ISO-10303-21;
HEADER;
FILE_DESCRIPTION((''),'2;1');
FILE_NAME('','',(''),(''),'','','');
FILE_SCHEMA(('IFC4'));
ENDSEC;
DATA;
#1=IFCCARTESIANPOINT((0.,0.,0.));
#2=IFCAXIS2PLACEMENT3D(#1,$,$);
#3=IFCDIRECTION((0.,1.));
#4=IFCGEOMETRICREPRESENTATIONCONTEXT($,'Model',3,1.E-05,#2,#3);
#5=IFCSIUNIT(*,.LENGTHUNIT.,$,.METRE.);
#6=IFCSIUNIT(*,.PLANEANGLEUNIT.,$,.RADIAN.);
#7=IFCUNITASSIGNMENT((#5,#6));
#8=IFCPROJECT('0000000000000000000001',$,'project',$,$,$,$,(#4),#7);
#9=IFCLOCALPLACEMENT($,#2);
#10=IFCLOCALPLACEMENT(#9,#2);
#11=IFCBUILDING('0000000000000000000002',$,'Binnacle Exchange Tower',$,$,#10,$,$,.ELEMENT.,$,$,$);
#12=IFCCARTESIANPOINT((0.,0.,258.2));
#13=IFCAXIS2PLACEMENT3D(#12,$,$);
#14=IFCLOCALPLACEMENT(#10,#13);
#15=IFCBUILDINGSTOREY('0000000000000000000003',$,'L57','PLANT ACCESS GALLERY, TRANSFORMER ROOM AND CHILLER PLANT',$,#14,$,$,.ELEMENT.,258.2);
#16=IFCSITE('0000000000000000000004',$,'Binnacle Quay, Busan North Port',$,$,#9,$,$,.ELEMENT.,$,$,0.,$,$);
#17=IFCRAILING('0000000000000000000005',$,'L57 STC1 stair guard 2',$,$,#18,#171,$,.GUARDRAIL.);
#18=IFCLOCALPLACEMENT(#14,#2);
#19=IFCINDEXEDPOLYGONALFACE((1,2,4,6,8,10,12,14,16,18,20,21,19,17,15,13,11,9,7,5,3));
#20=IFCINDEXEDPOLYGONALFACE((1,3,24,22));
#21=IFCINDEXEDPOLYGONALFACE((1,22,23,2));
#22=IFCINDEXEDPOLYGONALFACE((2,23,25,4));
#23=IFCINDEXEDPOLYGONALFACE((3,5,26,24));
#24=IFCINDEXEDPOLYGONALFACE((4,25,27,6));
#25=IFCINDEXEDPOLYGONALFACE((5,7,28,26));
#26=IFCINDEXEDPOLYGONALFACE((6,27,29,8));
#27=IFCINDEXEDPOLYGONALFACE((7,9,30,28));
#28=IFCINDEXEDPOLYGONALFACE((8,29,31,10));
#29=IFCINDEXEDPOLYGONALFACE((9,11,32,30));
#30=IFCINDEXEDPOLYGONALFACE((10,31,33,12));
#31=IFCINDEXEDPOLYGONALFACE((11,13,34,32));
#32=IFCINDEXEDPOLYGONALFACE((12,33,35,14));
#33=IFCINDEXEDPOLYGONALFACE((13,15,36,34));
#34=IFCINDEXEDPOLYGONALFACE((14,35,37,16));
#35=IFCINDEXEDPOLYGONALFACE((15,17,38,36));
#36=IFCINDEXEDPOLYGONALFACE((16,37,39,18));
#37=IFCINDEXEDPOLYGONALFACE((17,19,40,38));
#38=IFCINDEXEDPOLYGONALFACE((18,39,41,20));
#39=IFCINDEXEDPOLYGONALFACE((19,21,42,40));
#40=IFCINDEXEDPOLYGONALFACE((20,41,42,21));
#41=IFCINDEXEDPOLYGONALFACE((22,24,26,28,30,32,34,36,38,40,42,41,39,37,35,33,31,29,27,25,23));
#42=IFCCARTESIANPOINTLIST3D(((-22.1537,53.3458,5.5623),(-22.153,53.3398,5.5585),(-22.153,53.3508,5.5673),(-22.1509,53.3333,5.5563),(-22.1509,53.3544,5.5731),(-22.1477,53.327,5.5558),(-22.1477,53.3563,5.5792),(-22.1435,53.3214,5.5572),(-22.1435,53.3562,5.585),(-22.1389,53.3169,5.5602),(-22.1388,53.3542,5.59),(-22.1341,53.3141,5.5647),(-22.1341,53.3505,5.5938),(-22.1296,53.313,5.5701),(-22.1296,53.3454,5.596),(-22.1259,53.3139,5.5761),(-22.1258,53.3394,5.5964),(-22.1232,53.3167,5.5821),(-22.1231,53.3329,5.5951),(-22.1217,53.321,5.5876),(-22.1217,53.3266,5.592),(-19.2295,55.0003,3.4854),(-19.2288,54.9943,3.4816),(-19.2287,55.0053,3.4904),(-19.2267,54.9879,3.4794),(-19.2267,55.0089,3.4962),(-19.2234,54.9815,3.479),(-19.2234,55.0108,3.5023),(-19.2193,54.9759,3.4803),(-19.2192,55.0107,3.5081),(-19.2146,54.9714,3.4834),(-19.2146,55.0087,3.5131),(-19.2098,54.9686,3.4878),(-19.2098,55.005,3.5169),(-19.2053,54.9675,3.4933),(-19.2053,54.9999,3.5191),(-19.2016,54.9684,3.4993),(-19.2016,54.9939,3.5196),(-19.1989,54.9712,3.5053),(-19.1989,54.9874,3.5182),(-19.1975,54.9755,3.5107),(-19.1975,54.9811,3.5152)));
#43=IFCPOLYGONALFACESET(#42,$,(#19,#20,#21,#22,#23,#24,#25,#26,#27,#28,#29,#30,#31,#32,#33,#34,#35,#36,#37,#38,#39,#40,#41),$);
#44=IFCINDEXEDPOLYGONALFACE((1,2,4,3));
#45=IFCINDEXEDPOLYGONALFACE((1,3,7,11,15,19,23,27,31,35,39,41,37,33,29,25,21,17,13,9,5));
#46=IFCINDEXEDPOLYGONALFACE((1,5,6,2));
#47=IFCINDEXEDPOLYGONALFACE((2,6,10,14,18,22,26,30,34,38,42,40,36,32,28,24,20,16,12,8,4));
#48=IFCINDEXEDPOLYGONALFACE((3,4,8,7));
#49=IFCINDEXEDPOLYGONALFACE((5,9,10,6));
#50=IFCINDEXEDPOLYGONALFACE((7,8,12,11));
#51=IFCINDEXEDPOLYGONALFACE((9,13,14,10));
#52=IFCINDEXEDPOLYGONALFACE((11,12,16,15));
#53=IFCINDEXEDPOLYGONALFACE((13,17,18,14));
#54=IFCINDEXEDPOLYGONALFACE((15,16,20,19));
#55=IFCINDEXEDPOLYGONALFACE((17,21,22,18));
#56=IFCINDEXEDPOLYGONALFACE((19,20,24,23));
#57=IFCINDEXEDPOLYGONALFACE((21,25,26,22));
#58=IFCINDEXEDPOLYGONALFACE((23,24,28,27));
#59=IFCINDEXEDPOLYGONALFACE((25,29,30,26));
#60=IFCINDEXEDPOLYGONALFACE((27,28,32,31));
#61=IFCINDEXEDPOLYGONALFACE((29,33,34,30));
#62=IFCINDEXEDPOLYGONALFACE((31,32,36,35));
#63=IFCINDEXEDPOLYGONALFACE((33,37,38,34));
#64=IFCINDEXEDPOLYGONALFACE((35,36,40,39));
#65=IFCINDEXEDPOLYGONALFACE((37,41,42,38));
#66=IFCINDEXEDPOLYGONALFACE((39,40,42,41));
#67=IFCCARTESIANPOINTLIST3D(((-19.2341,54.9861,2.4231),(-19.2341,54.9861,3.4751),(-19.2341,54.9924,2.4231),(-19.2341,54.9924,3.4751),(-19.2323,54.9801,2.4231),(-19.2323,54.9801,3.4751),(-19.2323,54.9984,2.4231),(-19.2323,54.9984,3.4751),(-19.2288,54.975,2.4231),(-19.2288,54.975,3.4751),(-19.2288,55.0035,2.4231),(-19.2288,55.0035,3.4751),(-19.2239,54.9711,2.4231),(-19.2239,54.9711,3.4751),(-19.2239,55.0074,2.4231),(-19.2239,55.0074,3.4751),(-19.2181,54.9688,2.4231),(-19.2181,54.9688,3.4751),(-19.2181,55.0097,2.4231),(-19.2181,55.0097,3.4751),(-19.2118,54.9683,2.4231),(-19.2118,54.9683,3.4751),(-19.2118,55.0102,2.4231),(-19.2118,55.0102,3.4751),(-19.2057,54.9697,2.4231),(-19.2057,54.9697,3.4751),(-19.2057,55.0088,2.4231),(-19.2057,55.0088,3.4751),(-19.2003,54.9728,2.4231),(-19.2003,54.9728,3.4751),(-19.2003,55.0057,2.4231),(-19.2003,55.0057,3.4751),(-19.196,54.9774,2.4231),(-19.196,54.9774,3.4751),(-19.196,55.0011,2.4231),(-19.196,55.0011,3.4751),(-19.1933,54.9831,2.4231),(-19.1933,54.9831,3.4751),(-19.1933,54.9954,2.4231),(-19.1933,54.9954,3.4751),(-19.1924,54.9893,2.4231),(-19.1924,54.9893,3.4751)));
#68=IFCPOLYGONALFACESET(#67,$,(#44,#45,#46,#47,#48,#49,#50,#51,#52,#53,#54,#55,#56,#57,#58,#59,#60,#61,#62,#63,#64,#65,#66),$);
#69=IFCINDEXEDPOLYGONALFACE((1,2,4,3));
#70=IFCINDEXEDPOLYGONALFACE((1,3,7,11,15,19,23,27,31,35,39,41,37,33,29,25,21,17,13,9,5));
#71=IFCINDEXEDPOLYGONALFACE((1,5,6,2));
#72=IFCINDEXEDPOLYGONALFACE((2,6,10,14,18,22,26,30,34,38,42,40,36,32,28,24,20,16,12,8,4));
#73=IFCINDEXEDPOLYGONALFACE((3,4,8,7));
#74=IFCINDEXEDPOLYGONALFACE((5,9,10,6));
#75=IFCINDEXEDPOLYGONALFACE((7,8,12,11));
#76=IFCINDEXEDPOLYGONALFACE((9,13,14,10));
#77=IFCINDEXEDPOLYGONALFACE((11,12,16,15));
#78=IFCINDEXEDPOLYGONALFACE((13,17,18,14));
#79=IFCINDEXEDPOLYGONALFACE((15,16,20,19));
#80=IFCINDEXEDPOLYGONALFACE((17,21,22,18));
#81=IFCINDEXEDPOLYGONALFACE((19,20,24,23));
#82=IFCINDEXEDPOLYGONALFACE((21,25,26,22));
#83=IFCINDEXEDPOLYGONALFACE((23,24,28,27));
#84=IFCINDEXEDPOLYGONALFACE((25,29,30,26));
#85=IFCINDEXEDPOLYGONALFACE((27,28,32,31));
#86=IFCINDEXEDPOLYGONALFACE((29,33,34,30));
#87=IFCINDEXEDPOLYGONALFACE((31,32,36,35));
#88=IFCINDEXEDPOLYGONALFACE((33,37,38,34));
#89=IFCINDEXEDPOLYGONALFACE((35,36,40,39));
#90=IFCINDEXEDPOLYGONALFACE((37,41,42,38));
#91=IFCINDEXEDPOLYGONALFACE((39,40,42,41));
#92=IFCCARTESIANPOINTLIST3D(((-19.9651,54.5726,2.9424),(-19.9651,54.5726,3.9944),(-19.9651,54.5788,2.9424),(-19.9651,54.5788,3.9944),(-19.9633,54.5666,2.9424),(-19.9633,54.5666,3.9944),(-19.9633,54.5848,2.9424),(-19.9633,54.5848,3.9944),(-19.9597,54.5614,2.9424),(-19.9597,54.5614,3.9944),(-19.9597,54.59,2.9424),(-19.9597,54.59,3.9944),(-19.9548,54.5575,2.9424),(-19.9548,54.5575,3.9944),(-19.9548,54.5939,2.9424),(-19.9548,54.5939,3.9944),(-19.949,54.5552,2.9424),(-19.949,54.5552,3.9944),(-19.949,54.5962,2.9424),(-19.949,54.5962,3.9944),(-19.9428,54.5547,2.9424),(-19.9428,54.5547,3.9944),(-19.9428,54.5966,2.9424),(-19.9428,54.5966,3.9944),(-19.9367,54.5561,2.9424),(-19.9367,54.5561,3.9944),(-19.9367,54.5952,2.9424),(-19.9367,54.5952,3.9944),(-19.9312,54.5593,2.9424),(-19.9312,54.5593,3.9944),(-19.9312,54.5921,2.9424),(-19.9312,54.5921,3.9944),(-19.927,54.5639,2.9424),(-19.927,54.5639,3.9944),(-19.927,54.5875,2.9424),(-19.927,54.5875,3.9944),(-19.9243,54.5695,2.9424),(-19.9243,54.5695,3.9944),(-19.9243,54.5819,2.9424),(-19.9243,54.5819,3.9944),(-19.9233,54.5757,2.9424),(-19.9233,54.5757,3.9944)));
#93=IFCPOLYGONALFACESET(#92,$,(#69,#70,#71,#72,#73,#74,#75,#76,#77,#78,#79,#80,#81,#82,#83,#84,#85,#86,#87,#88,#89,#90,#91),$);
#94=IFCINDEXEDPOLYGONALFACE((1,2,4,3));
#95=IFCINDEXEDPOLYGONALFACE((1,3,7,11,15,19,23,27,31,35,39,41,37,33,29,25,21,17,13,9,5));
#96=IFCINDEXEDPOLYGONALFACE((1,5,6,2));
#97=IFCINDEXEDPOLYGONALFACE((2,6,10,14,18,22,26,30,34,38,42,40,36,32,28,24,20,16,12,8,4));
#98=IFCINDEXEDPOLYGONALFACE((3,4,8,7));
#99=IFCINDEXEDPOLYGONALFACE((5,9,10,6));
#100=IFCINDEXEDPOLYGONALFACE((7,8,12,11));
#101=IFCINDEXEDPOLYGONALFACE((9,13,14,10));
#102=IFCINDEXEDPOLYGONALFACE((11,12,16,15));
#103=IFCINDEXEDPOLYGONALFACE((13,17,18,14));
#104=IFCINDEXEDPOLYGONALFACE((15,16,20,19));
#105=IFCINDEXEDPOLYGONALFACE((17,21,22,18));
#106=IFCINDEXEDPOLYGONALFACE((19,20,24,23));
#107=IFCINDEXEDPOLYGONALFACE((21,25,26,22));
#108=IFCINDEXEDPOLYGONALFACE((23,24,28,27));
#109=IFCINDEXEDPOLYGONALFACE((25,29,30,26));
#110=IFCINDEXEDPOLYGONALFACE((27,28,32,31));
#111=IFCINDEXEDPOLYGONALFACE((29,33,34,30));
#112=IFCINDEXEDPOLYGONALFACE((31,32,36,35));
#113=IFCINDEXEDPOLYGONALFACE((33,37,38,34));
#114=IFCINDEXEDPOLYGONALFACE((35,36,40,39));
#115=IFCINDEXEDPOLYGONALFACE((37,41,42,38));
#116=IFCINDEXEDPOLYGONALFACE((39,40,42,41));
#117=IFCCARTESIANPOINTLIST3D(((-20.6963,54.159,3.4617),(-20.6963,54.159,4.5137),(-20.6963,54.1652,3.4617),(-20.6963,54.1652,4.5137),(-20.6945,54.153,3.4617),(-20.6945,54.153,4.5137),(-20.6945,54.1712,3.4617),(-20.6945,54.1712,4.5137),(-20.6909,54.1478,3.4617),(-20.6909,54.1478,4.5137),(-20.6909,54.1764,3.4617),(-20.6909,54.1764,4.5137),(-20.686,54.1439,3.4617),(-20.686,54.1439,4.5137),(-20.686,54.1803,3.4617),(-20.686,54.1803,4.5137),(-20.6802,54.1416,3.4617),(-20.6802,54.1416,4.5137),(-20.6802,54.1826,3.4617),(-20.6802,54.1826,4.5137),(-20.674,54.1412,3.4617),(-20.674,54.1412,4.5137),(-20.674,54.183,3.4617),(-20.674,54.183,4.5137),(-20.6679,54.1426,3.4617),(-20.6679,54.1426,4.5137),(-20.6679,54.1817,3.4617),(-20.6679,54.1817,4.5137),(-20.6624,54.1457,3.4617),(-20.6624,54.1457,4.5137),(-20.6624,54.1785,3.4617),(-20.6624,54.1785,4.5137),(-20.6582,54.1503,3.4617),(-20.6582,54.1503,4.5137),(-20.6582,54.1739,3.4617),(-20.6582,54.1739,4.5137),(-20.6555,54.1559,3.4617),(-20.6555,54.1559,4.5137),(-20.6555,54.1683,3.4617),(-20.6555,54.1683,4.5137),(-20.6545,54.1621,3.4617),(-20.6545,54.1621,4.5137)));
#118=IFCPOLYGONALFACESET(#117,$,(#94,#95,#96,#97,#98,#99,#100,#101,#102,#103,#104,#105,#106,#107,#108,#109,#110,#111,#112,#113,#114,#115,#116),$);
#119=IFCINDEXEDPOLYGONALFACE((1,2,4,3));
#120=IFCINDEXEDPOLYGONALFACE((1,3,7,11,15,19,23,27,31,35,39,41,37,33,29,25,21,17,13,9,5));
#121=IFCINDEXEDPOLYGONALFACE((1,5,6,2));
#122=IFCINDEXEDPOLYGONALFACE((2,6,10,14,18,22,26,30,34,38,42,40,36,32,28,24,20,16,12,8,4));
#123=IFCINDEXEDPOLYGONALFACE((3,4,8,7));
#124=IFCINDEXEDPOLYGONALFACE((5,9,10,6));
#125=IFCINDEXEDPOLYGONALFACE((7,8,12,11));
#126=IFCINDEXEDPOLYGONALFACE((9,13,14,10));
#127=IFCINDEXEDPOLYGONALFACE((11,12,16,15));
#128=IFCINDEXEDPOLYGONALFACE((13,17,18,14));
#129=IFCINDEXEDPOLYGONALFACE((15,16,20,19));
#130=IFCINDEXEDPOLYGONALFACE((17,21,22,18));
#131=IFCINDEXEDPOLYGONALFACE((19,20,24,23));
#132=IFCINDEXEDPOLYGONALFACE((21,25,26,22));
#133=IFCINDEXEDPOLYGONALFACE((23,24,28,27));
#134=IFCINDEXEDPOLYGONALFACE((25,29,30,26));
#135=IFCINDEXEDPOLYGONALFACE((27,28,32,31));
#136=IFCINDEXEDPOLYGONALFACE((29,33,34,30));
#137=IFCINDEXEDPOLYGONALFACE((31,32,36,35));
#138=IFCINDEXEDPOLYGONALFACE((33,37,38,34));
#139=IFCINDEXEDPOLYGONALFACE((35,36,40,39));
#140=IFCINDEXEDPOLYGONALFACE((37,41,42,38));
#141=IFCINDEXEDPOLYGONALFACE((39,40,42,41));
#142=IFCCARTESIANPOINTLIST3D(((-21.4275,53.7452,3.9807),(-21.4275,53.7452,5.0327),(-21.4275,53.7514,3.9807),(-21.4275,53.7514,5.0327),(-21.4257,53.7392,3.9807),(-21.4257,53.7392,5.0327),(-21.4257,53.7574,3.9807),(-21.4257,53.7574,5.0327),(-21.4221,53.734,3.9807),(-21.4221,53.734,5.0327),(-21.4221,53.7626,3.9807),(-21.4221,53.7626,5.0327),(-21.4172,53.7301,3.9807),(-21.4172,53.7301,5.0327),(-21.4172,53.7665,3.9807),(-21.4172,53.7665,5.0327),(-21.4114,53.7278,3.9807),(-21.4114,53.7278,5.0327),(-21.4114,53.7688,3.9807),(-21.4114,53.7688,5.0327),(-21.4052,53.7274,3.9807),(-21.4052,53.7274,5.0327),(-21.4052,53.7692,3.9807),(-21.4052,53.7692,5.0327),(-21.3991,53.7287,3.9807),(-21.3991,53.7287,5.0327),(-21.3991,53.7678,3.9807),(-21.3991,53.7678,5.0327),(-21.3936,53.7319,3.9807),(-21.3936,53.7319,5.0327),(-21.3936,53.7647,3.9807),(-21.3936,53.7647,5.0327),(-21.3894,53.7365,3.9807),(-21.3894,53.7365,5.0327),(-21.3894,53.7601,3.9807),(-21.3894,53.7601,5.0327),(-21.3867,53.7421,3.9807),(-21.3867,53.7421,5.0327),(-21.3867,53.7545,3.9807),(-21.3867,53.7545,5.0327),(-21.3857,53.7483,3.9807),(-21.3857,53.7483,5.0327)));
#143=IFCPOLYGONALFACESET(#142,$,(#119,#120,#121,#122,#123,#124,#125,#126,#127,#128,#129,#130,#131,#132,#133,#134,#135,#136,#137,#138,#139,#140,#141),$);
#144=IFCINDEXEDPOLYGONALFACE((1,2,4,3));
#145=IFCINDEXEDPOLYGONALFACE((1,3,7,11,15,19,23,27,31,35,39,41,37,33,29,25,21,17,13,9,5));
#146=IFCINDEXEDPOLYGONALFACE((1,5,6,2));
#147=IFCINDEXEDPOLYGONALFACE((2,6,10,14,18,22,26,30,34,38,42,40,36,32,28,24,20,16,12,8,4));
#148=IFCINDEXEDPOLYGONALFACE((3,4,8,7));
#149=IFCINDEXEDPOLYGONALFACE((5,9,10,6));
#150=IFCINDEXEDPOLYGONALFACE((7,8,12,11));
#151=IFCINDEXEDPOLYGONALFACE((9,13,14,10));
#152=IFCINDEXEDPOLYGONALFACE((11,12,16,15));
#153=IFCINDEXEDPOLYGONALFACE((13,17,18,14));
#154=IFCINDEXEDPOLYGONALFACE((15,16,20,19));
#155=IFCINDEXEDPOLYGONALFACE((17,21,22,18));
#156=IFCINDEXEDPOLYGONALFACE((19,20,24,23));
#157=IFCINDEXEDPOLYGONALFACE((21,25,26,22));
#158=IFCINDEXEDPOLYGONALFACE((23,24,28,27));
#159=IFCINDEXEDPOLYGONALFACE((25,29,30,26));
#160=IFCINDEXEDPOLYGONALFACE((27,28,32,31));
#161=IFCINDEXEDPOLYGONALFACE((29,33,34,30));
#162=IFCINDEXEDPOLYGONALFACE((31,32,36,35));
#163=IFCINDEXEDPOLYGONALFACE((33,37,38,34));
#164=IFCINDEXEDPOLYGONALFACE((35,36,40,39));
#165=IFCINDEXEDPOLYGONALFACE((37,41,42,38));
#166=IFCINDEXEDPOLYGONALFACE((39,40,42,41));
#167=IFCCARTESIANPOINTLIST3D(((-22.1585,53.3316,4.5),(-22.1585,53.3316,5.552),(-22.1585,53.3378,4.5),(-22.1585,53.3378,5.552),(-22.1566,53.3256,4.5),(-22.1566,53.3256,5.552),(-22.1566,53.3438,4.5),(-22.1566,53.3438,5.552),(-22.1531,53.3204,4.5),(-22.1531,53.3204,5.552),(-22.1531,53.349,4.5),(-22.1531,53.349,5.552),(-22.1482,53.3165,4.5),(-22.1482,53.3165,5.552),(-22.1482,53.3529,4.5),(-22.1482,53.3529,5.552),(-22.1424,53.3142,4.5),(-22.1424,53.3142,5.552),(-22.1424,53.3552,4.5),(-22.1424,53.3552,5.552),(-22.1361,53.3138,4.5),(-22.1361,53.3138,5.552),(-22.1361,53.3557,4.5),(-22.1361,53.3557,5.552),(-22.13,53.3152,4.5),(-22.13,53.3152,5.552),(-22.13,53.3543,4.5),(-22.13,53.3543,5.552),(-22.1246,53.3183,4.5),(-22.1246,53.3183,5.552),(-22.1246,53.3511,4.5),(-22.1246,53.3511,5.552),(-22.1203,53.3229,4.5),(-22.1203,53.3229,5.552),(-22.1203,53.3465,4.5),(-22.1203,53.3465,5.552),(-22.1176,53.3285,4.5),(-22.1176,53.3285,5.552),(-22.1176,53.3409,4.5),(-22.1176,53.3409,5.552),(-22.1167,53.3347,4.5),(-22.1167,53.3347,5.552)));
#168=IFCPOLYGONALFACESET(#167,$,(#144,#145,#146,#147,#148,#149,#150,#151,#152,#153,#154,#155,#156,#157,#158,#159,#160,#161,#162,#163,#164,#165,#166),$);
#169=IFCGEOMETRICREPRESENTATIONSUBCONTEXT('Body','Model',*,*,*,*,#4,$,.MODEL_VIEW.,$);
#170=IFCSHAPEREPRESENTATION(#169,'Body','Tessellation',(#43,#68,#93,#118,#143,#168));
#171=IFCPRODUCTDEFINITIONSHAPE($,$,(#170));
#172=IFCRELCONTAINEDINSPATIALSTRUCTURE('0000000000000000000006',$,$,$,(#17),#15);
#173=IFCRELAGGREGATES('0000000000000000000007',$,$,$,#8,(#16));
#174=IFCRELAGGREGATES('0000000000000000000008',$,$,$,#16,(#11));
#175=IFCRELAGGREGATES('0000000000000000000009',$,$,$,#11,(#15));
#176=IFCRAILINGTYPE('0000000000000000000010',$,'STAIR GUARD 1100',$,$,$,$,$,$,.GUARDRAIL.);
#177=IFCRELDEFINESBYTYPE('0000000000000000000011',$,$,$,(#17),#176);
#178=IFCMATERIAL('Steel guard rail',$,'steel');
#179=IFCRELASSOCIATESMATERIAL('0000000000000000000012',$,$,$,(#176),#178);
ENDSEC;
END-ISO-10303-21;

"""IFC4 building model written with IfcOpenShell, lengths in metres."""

from ifc_helpers import new_model, si_unit, direction, frame, origin, origin_2d, place, context, subcontext, project, spatial, circle, extrude, material, type_object, element, save


model = new_model("IFC4")

# Units and contexts
model_context = context("Model", 3, precision=1e-05, world=origin(), true_north=direction((0.0, 1.0)))
body_context = subcontext(model_context, "Body", "Model", "MODEL_VIEW")
ifc_project = project(units=[si_unit("LENGTHUNIT", "METRE"), si_unit("PLANEANGLEUNIT", "RADIAN")], contexts=[model_context])

# Site, building, storey
site_placement = place(None, origin())
site = spatial("IfcSite", under=ifc_project, at=site_placement, Name="Binnacle Quay, Busan North Port", CompositionType="ELEMENT", RefElevation=0.0)
building_placement = place(site_placement, origin())
building = spatial("IfcBuilding", under=site, at=building_placement, Name="Binnacle Exchange Tower", CompositionType="ELEMENT")
storey_placement = place(building_placement, frame((0.0, 0.0, 258.2)))
storey = spatial("IfcBuildingStorey", under=building, at=storey_placement, Name="L57", Description="PLANT ACCESS GALLERY, TRANSFORMER ROOM AND CHILLER PLANT", CompositionType="ELEMENT", Elevation=258.2)

# Railing
ifc_material_1 = material(Name="Steel guard rail", Category="steel")
railing_type_1 = type_object("IfcRailingType", Name="STAIR GUARD 1100", PredefinedType="GUARDRAIL", material=ifc_material_1)
railing_1_placement = place(storey_placement, frame((-19.2134, 54.9893, 2.4231)))
element("IfcRailing", 1, at=railing_1_placement, inside=storey, type_object=railing_type_1, Name="L57 STC1 stair guard 2", PredefinedType="GUARDRAIL", context=body_context, shape_type="SweptSolid", body=[
    extrude(circle(Radius=0.0239, at=origin_2d()), frame((0.0, 0.0, 1.0762), z_axis=(-0.740329, -0.418869, 0.525796), x_axis=(0.492433, -0.87035, 0.0)), (0.0, 0.0, 1.0), 3.95),
    extrude(circle(Radius=0.021, at=origin_2d()), origin(), (0.0, 0.0, 1.0), 1.052),
    extrude(circle(Radius=0.021, at=origin_2d()), frame((-0.731, -0.4136, 0.5193)), (0.0, 0.0, 1.0), 1.052),
    extrude(circle(Radius=0.021, at=origin_2d()), frame((-1.4622, -0.8271, 1.0386)), (0.0, 0.0, 1.0), 1.052),
    extrude(circle(Radius=0.021, at=origin_2d()), frame((-2.1934, -1.241, 1.5576)), (0.0, 0.0, 1.0), 1.052),
    extrude(circle(Radius=0.021, at=origin_2d()), frame((-2.9243, -1.6545, 2.0769)), (0.0, 0.0, 1.0), 1.052),
])

save(model, "model.ifc")
